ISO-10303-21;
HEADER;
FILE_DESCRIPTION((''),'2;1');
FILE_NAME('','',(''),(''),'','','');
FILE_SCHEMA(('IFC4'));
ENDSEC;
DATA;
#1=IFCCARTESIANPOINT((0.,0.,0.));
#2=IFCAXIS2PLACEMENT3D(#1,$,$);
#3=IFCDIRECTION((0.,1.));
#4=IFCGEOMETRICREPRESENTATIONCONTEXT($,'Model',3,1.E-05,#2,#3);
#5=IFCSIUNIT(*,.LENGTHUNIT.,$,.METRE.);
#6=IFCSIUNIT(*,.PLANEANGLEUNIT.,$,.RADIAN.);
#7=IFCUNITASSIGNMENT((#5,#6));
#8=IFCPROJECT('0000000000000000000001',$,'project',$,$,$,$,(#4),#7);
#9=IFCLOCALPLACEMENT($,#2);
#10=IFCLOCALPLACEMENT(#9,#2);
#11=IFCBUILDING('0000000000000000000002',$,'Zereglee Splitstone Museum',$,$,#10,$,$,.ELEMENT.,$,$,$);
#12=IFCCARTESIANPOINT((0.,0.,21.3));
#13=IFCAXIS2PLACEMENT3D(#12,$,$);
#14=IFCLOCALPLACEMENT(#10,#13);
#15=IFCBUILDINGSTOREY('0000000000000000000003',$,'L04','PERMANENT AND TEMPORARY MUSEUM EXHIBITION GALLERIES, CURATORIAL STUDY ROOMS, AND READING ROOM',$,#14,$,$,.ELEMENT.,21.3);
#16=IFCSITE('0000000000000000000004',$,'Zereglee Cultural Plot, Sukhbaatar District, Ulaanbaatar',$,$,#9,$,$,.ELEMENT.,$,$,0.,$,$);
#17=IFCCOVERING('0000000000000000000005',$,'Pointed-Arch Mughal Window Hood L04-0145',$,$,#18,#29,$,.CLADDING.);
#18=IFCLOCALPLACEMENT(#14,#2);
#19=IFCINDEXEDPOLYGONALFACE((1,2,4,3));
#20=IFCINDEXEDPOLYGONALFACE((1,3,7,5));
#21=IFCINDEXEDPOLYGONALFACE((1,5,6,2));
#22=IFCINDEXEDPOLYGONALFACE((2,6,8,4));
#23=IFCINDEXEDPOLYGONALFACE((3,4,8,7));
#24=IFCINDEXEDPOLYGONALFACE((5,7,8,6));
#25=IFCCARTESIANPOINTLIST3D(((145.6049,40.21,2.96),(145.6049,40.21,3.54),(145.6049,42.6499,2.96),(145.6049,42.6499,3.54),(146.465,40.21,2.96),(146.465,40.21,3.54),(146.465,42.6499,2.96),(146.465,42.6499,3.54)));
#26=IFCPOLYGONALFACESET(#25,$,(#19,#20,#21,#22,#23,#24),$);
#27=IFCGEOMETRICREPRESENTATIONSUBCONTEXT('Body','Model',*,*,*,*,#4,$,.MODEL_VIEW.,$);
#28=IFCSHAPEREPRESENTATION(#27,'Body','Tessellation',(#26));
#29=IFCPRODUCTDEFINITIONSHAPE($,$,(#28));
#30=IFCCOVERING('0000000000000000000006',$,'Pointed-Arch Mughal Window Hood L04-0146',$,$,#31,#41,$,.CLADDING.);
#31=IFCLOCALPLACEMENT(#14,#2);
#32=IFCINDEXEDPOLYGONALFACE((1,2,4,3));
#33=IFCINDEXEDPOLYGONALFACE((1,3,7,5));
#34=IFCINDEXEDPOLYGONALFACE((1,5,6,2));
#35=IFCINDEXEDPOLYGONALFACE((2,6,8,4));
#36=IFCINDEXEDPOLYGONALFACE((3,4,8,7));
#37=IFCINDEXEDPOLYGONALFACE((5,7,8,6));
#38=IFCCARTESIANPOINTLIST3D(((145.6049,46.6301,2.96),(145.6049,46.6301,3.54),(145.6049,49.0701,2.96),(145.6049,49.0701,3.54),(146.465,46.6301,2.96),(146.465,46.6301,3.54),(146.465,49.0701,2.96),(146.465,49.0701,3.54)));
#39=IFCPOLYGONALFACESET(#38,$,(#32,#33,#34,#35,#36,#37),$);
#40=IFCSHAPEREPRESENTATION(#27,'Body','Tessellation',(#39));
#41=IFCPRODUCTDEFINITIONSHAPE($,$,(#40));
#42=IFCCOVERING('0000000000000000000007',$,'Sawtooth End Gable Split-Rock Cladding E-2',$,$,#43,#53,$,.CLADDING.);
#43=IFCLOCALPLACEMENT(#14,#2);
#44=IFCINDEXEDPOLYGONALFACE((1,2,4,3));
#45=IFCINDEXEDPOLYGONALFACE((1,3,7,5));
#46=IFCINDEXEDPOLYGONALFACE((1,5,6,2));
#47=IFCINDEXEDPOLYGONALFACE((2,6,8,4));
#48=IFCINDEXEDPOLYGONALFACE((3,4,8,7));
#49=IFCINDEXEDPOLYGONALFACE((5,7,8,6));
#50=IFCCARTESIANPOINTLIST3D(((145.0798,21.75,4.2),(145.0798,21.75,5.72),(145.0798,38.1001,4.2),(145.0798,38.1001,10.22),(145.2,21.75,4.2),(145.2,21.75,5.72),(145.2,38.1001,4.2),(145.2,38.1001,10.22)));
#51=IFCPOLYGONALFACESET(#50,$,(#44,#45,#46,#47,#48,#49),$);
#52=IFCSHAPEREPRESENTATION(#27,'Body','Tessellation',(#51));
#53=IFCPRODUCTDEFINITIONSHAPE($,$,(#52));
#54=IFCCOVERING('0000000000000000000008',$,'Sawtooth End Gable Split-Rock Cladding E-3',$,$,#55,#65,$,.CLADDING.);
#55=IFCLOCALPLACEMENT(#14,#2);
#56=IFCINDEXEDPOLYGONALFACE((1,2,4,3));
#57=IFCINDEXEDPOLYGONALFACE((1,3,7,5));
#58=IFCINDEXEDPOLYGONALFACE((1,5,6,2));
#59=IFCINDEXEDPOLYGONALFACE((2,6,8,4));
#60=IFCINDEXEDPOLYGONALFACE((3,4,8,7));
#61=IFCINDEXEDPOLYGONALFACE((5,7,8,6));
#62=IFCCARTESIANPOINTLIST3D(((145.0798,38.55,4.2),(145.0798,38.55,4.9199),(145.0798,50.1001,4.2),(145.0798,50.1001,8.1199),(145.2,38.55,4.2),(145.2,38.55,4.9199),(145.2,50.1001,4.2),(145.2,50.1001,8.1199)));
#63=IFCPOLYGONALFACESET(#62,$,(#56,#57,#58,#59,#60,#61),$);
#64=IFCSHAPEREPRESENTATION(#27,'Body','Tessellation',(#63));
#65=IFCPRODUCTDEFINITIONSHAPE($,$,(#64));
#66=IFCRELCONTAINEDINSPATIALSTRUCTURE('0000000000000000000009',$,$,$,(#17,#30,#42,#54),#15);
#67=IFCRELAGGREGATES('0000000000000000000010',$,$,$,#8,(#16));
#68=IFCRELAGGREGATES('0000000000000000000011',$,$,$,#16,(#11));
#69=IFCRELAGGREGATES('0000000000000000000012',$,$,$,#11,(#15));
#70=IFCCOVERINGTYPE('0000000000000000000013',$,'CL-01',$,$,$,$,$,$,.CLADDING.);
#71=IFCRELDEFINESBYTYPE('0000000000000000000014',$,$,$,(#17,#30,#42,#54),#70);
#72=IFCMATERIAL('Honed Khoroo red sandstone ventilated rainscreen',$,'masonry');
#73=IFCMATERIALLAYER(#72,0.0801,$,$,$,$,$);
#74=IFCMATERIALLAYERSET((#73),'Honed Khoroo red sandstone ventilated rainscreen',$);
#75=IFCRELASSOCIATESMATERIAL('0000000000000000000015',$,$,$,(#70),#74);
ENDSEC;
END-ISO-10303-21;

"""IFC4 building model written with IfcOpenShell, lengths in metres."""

from ifc_helpers import new_model, si_unit, direction, frame, origin, origin_2d, place, context, subcontext, project, spatial, polyline, rectangle, outline, extrude, material, layer, layer_set, type_object, element, save


model = new_model("IFC4")

# Units and contexts
model_context = context("Model", 3, precision=1e-05, world=origin(), true_north=direction((0.0, 1.0)))
body_context = subcontext(model_context, "Body", "Model", "MODEL_VIEW")
ifc_project = project(units=[si_unit("LENGTHUNIT", "METRE"), si_unit("PLANEANGLEUNIT", "RADIAN")], contexts=[model_context])

# Site, building, storey
site_placement = place(None, origin())
site = spatial("IfcSite", under=ifc_project, at=site_placement, Name="Zereglee Cultural Plot, Sukhbaatar District, Ulaanbaatar", CompositionType="ELEMENT", RefElevation=0.0)
building_placement = place(site_placement, origin())
building = spatial("IfcBuilding", under=site, at=building_placement, Name="Zereglee Splitstone Museum", CompositionType="ELEMENT")
storey_placement = place(building_placement, frame((0.0, 0.0, 21.3)))
storey = spatial("IfcBuildingStorey", under=building, at=storey_placement, Name="L04", Description="PERMANENT AND TEMPORARY MUSEUM EXHIBITION GALLERIES, CURATORIAL STUDY ROOMS, AND READING ROOM", CompositionType="ELEMENT", Elevation=21.3)

# Coverings
ifc_material_1 = material(Name="Honed Khoroo red sandstone ventilated rainscreen", Category="masonry")
ifc_layer_1 = layer(ifc_material_1, 0.0801)
ifc_layer_set_1 = layer_set([ifc_layer_1], Name="Honed Khoroo red sandstone ventilated rainscreen")
covering_type_1 = type_object("IfcCoveringType", Name="CL-01", PredefinedType="CLADDING", material=ifc_layer_set_1)
for number, where, z_axis, x_axis, name in (
    (1, (146.0349, 41.4299, 2.96), (0.0, 0.0, 1.0), (0.0, 1.0, 0.0), "Pointed-Arch Mughal Window Hood L04-0145"),
    (2, (146.0349, 47.8501, 2.96), (0.0, 0.0, 1.0), (0.0, 1.0, 0.0), "Pointed-Arch Mughal Window Hood L04-0146"),
):
    element("IfcCovering", number, at=place(storey_placement, frame(where, z_axis=z_axis, x_axis=x_axis)), inside=storey, type_object=covering_type_1, Name=name, PredefinedType="CLADDING", context=body_context, shape_type="SweptSolid", body=[
        extrude(rectangle(XDim=2.4399, YDim=0.8601, at=origin_2d()), origin(), (0.0, 0.0, 1.0), 0.5801),
    ])
covering_1_placement = place(storey_placement, frame((145.2, 21.75, 4.2), z_axis=(1.0, 0.0, 0.0), x_axis=(0.0, 1.0, 0.0)))
element("IfcCovering", 3, at=covering_1_placement, inside=storey, type_object=covering_type_1, Name="Sawtooth End Gable Split-Rock Cladding E-2", PredefinedType="CLADDING", context=body_context, shape_type="SweptSolid", body=[
    extrude(outline(polyline([(0.0, 0.0), (16.3501, 0.0), (16.3501, 6.02), (0.0, 1.52), (0.0, 0.0)])), origin(), (0.0, 0.0, -1.0), 0.1201),
])
covering_2_placement = place(storey_placement, frame((145.2, 38.55, 4.2), z_axis=(1.0, 0.0, 0.0), x_axis=(0.0, 1.0, 0.0)))
element("IfcCovering", 4, at=covering_2_placement, inside=storey, type_object=covering_type_1, Name="Sawtooth End Gable Split-Rock Cladding E-3", PredefinedType="CLADDING", context=body_context, shape_type="SweptSolid", body=[
    extrude(outline(polyline([(0.0, 0.0), (11.55, 0.0), (11.55, 3.9199), (0.0, 0.72), (0.0, 0.0)])), origin(), (0.0, 0.0, -1.0), 0.1201),
])

save(model, "model.ifc")
